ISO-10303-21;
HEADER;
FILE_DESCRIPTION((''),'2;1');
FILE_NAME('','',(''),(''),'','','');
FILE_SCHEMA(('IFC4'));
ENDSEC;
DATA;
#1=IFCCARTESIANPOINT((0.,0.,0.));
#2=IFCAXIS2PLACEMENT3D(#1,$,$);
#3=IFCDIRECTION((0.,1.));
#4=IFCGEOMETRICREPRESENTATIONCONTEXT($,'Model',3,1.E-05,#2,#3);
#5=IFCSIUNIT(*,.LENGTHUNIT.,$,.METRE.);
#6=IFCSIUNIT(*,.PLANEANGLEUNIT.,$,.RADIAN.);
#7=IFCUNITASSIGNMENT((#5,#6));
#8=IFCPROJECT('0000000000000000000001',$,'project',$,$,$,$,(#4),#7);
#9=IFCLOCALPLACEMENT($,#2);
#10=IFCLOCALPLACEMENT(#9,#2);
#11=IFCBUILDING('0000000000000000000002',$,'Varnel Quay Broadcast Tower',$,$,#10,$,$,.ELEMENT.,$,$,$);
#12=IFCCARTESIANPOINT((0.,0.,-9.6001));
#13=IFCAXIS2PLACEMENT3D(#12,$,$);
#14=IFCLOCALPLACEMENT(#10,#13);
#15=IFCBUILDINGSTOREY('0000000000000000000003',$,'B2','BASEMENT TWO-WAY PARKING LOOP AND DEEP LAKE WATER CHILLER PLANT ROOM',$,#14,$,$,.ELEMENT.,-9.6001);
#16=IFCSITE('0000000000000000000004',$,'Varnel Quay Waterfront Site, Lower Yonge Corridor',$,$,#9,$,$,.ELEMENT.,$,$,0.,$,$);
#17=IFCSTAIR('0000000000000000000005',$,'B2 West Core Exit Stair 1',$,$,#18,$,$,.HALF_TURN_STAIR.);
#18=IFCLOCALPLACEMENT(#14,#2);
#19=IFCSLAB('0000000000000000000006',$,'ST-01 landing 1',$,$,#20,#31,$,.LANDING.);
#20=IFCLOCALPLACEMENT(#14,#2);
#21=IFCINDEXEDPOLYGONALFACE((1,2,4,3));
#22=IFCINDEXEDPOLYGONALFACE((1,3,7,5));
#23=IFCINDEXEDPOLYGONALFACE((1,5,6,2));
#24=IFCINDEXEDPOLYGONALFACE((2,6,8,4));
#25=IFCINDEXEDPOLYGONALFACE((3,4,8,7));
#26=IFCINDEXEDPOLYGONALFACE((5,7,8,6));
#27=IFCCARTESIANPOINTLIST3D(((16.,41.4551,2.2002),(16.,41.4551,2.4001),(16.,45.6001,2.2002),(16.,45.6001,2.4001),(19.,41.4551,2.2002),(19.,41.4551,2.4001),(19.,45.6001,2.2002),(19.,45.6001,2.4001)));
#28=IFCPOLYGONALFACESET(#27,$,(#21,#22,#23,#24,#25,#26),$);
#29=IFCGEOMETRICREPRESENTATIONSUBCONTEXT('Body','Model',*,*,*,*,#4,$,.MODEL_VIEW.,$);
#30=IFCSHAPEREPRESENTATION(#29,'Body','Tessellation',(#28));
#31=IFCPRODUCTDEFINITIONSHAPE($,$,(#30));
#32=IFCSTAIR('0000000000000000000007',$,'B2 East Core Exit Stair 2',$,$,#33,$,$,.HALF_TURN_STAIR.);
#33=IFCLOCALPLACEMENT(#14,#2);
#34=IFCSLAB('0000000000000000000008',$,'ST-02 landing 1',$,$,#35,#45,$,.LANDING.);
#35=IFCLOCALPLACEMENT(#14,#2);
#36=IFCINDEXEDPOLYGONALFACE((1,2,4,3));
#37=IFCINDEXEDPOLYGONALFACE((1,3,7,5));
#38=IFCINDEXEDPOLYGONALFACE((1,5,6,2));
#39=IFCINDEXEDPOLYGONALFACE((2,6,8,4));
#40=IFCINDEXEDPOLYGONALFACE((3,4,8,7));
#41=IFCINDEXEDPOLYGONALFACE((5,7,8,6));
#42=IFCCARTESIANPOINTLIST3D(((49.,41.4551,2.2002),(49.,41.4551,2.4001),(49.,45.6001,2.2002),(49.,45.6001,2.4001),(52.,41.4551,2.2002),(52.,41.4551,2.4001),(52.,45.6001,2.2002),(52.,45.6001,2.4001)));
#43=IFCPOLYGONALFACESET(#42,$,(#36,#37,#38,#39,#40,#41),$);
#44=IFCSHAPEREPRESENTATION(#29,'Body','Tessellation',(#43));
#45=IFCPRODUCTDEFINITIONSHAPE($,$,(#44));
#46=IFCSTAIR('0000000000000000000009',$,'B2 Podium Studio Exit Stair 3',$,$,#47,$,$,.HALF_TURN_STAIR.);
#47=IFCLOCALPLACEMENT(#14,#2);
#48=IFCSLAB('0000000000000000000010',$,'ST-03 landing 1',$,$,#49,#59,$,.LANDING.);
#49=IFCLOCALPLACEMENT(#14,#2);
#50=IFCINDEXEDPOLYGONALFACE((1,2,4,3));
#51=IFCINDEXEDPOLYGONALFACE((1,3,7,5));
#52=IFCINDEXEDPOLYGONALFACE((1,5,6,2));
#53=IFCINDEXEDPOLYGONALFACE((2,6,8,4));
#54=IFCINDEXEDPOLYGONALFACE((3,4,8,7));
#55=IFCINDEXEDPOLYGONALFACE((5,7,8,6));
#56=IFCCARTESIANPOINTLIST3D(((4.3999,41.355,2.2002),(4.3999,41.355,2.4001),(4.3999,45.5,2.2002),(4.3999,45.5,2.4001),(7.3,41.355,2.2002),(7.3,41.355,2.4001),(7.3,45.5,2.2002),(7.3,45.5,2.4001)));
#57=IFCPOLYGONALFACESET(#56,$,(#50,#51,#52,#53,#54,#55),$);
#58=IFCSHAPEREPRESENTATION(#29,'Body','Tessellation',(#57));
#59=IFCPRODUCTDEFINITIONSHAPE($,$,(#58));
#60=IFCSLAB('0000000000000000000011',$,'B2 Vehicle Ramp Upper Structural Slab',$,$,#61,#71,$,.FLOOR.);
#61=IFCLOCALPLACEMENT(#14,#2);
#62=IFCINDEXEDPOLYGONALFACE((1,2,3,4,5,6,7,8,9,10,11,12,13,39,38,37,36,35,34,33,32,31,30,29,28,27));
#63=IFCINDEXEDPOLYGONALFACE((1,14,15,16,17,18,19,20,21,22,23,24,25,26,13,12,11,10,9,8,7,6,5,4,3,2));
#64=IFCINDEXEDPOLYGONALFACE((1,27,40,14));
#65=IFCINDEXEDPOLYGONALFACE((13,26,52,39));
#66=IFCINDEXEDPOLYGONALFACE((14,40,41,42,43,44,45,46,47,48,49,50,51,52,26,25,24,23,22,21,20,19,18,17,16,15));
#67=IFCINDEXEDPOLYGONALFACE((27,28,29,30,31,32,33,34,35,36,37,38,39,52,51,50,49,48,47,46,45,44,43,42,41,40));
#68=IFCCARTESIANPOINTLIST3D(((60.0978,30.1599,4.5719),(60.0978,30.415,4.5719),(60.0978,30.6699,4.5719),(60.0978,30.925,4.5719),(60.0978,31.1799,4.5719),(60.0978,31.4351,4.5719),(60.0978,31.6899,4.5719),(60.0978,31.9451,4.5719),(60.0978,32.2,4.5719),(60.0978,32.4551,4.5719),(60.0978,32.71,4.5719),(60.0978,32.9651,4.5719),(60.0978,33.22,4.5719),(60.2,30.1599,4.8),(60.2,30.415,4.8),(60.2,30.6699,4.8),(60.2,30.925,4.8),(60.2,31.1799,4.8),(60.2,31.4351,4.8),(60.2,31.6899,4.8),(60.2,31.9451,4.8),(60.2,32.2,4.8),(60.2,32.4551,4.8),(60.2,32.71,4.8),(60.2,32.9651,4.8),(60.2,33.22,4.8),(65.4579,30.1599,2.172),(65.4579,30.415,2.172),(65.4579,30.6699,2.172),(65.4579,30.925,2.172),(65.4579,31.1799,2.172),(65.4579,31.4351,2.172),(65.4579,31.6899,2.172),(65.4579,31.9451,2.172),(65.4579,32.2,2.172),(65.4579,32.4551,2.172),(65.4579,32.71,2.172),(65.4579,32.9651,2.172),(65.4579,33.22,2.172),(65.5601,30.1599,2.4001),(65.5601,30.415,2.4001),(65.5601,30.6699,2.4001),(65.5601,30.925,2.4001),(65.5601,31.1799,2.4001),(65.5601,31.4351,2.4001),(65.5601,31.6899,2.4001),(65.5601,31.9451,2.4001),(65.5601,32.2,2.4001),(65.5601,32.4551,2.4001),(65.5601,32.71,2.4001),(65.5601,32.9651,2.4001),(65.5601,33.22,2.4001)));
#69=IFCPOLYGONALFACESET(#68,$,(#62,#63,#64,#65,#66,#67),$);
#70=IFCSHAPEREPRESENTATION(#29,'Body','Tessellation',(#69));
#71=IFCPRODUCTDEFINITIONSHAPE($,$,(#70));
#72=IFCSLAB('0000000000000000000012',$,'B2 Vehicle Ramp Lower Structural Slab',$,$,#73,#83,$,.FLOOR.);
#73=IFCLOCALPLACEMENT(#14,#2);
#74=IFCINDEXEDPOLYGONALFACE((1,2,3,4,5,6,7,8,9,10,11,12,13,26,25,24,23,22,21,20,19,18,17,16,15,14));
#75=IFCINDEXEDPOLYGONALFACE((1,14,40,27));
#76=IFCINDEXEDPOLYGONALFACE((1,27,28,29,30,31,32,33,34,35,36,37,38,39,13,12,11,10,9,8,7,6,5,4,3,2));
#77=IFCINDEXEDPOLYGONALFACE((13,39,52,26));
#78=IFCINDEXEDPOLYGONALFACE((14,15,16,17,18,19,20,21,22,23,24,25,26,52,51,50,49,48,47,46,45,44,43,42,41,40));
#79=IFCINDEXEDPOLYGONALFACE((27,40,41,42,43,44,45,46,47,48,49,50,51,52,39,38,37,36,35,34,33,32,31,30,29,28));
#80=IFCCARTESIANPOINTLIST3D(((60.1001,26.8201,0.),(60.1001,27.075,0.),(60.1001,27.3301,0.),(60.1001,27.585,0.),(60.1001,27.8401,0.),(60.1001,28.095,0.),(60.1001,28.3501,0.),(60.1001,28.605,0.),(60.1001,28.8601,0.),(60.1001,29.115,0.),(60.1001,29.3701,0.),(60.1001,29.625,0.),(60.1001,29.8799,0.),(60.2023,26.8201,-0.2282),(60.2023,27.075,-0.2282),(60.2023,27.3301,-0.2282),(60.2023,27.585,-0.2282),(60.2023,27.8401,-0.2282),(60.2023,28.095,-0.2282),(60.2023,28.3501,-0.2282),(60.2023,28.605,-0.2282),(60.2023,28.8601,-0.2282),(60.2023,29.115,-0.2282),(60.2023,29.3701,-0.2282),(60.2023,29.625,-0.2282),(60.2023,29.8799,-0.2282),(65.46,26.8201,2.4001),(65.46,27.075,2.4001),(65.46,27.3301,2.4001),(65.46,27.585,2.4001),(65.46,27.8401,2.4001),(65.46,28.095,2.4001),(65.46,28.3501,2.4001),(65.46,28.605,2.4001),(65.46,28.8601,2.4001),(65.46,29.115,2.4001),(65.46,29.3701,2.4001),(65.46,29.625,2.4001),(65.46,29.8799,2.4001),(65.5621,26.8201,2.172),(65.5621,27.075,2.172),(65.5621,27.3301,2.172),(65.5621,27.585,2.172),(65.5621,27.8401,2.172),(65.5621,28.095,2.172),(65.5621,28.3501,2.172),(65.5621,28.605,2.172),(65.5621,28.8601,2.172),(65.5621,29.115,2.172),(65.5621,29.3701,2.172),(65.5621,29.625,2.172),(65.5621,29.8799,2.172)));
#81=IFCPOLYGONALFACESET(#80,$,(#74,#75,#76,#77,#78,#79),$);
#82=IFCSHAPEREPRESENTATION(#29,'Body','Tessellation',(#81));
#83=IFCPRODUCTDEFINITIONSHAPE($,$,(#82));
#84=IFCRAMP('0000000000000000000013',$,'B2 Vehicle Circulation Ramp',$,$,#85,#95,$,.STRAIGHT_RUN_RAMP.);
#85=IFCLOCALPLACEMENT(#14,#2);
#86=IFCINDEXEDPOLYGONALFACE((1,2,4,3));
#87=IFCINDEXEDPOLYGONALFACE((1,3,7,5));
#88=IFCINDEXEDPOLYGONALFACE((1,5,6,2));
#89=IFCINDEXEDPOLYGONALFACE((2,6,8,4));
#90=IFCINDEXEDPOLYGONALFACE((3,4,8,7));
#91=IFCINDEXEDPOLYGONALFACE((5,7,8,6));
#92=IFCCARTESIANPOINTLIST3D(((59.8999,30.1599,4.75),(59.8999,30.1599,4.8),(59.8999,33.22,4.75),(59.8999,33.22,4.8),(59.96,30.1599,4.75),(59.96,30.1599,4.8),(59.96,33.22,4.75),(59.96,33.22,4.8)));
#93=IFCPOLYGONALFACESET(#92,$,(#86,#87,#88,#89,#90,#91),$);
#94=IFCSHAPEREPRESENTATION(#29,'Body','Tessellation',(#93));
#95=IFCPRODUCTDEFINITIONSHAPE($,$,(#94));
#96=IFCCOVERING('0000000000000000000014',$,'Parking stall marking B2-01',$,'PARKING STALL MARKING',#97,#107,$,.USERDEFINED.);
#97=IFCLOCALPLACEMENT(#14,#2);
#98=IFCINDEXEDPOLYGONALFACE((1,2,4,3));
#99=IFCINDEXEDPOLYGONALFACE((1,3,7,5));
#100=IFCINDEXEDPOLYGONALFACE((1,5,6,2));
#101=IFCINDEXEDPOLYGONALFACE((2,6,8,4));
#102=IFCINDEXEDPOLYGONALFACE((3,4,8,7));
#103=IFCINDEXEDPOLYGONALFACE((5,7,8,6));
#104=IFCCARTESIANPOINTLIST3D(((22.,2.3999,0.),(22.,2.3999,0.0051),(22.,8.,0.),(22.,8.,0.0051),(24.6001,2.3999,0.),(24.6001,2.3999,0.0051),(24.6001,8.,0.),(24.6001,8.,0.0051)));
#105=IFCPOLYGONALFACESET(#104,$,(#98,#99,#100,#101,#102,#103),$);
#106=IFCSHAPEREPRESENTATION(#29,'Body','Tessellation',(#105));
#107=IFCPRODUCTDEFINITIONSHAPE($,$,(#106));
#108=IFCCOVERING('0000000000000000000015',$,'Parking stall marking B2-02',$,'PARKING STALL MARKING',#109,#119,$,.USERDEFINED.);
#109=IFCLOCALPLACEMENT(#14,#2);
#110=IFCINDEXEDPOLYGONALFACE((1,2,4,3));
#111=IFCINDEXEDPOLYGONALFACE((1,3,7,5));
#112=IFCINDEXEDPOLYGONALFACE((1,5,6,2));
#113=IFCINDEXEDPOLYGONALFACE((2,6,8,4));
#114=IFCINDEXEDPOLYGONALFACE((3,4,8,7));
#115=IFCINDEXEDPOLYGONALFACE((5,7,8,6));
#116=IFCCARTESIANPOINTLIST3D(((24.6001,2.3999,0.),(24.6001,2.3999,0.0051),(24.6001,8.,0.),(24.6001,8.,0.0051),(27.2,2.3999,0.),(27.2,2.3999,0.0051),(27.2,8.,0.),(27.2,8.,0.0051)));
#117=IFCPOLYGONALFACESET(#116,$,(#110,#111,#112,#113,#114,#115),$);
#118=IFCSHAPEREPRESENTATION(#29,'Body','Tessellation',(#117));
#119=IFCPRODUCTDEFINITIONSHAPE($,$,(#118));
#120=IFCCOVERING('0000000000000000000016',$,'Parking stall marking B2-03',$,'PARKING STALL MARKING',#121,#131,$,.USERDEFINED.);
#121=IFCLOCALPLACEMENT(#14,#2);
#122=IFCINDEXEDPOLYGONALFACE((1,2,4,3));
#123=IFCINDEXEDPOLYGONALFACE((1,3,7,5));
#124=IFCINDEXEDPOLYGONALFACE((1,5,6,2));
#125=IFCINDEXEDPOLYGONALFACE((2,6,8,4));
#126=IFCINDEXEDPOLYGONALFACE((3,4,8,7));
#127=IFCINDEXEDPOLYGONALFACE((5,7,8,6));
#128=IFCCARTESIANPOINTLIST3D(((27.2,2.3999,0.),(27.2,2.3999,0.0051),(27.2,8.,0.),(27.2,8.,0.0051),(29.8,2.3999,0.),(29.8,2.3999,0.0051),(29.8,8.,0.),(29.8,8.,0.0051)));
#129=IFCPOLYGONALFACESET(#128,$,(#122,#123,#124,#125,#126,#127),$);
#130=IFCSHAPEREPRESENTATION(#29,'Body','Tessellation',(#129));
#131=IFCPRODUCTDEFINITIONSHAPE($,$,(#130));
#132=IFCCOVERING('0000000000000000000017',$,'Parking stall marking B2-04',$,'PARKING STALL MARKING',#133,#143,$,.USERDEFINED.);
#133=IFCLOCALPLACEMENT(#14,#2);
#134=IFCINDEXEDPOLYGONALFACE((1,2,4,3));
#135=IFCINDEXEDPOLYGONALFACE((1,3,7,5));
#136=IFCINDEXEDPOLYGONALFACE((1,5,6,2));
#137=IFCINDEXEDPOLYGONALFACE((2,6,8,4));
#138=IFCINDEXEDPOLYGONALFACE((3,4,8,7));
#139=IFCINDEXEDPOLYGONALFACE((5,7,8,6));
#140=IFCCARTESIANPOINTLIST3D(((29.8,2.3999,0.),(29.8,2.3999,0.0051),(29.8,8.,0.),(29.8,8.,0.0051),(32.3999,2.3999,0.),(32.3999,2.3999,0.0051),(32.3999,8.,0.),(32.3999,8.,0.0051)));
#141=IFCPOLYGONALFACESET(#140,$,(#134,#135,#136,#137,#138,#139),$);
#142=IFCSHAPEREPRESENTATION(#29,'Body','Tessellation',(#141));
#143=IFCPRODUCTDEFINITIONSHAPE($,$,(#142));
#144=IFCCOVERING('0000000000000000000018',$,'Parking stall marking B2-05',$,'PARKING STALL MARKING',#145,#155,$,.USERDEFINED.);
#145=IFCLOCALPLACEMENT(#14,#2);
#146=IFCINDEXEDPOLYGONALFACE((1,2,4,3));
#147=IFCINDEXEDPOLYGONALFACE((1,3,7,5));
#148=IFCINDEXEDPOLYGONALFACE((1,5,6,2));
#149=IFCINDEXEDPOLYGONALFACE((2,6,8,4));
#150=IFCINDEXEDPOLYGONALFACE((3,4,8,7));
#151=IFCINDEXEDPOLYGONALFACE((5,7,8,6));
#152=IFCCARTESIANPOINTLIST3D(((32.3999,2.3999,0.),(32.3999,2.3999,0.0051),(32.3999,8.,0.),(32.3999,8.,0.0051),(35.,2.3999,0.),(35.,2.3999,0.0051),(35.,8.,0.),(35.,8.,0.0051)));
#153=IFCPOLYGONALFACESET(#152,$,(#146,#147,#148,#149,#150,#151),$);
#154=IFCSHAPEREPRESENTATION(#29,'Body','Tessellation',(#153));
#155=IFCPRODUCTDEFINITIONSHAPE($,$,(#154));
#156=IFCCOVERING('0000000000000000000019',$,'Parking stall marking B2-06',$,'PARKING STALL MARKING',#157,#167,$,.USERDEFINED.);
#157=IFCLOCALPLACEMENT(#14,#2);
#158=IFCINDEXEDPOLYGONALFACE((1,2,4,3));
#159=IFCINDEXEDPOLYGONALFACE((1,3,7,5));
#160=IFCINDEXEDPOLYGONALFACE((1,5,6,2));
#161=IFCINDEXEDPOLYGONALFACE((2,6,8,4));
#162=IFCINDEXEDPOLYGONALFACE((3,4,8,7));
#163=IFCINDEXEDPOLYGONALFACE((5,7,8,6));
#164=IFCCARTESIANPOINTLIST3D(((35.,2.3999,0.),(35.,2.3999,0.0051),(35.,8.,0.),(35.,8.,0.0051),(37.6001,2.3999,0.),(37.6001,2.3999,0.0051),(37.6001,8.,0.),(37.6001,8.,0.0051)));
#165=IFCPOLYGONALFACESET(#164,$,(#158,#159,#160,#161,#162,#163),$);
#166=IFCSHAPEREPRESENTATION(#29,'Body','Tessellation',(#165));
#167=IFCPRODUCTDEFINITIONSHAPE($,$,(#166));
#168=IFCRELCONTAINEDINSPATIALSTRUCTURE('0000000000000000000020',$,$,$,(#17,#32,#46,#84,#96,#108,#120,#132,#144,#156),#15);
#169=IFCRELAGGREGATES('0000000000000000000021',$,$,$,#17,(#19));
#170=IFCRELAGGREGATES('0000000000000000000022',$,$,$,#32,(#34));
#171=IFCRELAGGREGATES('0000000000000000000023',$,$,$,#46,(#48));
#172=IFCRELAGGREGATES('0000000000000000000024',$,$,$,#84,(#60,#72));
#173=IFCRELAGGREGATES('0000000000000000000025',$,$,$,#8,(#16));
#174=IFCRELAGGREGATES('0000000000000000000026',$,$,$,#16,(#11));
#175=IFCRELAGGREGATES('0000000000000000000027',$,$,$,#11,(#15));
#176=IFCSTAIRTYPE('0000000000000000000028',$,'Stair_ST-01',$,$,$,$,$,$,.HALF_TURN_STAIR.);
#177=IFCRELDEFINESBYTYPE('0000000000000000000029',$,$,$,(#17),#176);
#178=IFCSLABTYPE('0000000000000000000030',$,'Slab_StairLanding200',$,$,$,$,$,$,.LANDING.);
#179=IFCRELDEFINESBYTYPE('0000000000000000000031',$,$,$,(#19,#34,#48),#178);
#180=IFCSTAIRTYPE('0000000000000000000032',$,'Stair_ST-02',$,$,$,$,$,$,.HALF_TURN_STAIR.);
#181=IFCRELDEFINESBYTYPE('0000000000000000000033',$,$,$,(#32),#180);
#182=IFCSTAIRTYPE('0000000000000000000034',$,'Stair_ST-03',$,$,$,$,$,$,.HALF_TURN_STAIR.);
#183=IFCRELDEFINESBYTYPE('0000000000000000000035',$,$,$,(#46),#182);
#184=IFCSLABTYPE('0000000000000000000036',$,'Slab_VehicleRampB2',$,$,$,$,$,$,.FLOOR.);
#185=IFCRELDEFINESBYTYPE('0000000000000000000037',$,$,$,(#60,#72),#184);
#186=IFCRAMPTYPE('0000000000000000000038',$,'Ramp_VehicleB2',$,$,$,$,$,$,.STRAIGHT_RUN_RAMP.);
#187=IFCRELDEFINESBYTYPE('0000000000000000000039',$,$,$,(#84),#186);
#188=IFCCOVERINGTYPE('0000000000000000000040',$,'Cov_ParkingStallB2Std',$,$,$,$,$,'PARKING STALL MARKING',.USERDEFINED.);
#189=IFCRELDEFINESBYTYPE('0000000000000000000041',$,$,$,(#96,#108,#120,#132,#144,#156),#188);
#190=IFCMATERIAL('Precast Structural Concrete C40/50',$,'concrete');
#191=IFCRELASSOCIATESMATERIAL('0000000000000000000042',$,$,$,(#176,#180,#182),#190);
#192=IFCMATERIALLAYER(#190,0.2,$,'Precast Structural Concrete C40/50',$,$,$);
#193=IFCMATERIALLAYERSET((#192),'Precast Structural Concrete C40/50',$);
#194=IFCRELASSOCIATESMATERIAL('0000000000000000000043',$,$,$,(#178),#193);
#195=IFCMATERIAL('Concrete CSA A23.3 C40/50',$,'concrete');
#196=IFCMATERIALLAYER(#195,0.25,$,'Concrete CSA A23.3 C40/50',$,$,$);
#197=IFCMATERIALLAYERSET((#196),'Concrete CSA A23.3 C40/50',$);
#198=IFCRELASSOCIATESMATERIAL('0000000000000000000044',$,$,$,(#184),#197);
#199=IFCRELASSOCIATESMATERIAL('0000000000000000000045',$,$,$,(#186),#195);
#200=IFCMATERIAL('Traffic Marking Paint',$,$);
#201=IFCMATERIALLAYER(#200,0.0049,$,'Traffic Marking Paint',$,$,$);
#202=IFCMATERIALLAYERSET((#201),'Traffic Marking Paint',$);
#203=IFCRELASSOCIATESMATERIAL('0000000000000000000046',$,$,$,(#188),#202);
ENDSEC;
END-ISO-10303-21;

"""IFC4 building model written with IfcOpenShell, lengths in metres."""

from ifc_helpers import new_model, si_unit, direction, frame, origin, place, context, subcontext, project, spatial, polyline, outline, extrude, material, layer, layer_set, type_object, element, aggregate, save


model = new_model("IFC4")

# Units and contexts
model_context = context("Model", 3, precision=1e-05, world=origin(), true_north=direction((0.0, 1.0)))
body_context = subcontext(model_context, "Body", "Model", "MODEL_VIEW")
ifc_project = project(units=[si_unit("LENGTHUNIT", "METRE"), si_unit("PLANEANGLEUNIT", "RADIAN")], contexts=[model_context])

# Site, building, storey
site_placement = place(None, origin())
site = spatial("IfcSite", under=ifc_project, at=site_placement, Name="Varnel Quay Waterfront Site, Lower Yonge Corridor", CompositionType="ELEMENT", RefElevation=0.0)
building_placement = place(site_placement, origin())
building = spatial("IfcBuilding", under=site, at=building_placement, Name="Varnel Quay Broadcast Tower", CompositionType="ELEMENT")
storey_placement = place(building_placement, frame((0.0, 0.0, -9.6001)))
storey = spatial("IfcBuildingStorey", under=building, at=storey_placement, Name="B2", Description="BASEMENT TWO-WAY PARKING LOOP AND DEEP LAKE WATER CHILLER PLANT ROOM", CompositionType="ELEMENT", Elevation=-9.6001)

# Stairs, slabs
ifc_material_1 = material(Name="Precast Structural Concrete C40/50", Category="concrete")
stair_type_1 = type_object("IfcStairType", Name="Stair_ST-01", PredefinedType="HALF_TURN_STAIR", material=ifc_material_1)
stair_1_placement = place(storey_placement, origin())
stair_1 = element("IfcStair", 1, at=stair_1_placement, inside=storey, type_object=stair_type_1, Name="B2 West Core Exit Stair 1", PredefinedType="HALF_TURN_STAIR")
ifc_layer_1 = layer(ifc_material_1, 0.2, Name="Precast Structural Concrete C40/50")
ifc_layer_set_1 = layer_set([ifc_layer_1], Name="Precast Structural Concrete C40/50")
slab_type_1 = type_object("IfcSlabType", Name="Slab_StairLanding200", PredefinedType="LANDING", material=ifc_layer_set_1)
slab_1_placement = place(storey_placement, frame((0.0, 0.0, 2.2002)))
slab_1 = element("IfcSlab", 2, at=slab_1_placement, type_object=slab_type_1, Name="ST-01 landing 1", PredefinedType="LANDING", context=body_context, shape_type="SweptSolid", body=[
    extrude(outline(polyline([(19.0, 41.4551), (19.0, 45.6001), (16.0, 45.6001), (16.0, 41.4551), (19.0, 41.4551)])), origin(), (0.0, 0.0, 1.0), 0.2),
])
aggregate(stair_1, [slab_1])
stair_type_2 = type_object("IfcStairType", Name="Stair_ST-02", PredefinedType="HALF_TURN_STAIR", material=ifc_material_1)
stair_2_placement = place(storey_placement, origin())
stair_2 = element("IfcStair", 3, at=stair_2_placement, inside=storey, type_object=stair_type_2, Name="B2 East Core Exit Stair 2", PredefinedType="HALF_TURN_STAIR")
slab_2_placement = place(storey_placement, frame((0.0, 0.0, 2.2002)))
slab_2 = element("IfcSlab", 4, at=slab_2_placement, type_object=slab_type_1, Name="ST-02 landing 1", PredefinedType="LANDING", context=body_context, shape_type="SweptSolid", body=[
    extrude(outline(polyline([(52.0, 41.4551), (52.0, 45.6001), (49.0, 45.6001), (49.0, 41.4551), (52.0, 41.4551)])), origin(), (0.0, 0.0, 1.0), 0.2),
])
aggregate(stair_2, [slab_2])
stair_type_3 = type_object("IfcStairType", Name="Stair_ST-03", PredefinedType="HALF_TURN_STAIR", material=ifc_material_1)
stair_3_placement = place(storey_placement, origin())
stair_3 = element("IfcStair", 5, at=stair_3_placement, inside=storey, type_object=stair_type_3, Name="B2 Podium Studio Exit Stair 3", PredefinedType="HALF_TURN_STAIR")
slab_3_placement = place(storey_placement, frame((0.0, 0.0, 2.2002)))
slab_3 = element("IfcSlab", 6, at=slab_3_placement, type_object=slab_type_1, Name="ST-03 landing 1", PredefinedType="LANDING", context=body_context, shape_type="SweptSolid", body=[
    extrude(outline(polyline([(7.3, 41.355), (7.3, 45.5), (4.3999, 45.5), (4.3999, 41.355), (7.3, 41.355)])), origin(), (0.0, 0.0, 1.0), 0.2),
])
aggregate(stair_3, [slab_3])

# Slabs
ifc_material_2 = material(Name="Concrete CSA A23.3 C40/50", Category="concrete")
ifc_layer_2 = layer(ifc_material_2, 0.25, Name="Concrete CSA A23.3 C40/50")
ifc_layer_set_2 = layer_set([ifc_layer_2], Name="Concrete CSA A23.3 C40/50")
slab_type_2 = type_object("IfcSlabType", Name="Slab_VehicleRampB2", PredefinedType="FLOOR", material=ifc_layer_set_2)
slab_4_placement = place(storey_placement, frame((60.2, 30.1599, 4.8), z_axis=(0.408644, 0.0, 0.912694), x_axis=(0.0, 1.0, 0.0)))
slab_4 = element("IfcSlab", 7, at=slab_4_placement, type_object=slab_type_2, Name="B2 Vehicle Ramp Upper Structural Slab", PredefinedType="FLOOR", context=body_context, shape_type="SweptSolid", body=[
    extrude(outline(polyline([(0.0, 0.0), (0.2551, 0.0), (0.51, 0.0), (0.7651, 0.0), (1.02, 0.0), (1.2751, 0.0), (1.53, 0.0), (1.7852, 0.0), (2.04, 0.0), (2.2952, 0.0), (2.55, 0.0), (2.8052, 0.0), (3.0601, 0.0), (3.0601, -5.8728), (2.8052, -5.8728), (2.55, -5.8728), (2.2952, -5.8728), (2.04, -5.8728), (1.7852, -5.8728), (1.53, -5.8728), (1.2751, -5.8728), (1.02, -5.8728), (0.7651, -5.8728), (0.51, -5.8728), (0.2551, -5.8728), (0.0, -5.8728), (0.0, 0.0)])), origin(), (0.0, 0.0, -1.0), 0.25),
])
slab_5_placement = place(storey_placement, frame((65.46, 26.8201, 2.4001), z_axis=(-0.408694, 0.0, 0.912671), x_axis=(0.0, 1.0, 0.0)))
slab_5 = element("IfcSlab", 8, at=slab_5_placement, type_object=slab_type_2, Name="B2 Vehicle Ramp Lower Structural Slab", PredefinedType="FLOOR", context=body_context, shape_type="SweptSolid", body=[
    extrude(outline(polyline([(0.0, 0.0), (0.2549, 0.0), (0.51, 0.0), (0.7649, 0.0), (1.02, 0.0), (1.2749, 0.0), (1.53, 0.0), (1.7849, 0.0), (2.04, 0.0), (2.2949, 0.0), (2.55, 0.0), (2.8049, 0.0), (3.0598, 0.0), (3.0598, 5.8727), (2.8049, 5.8727), (2.55, 5.8727), (2.2949, 5.8727), (2.04, 5.8727), (1.7849, 5.8727), (1.53, 5.8727), (1.2749, 5.8727), (1.02, 5.8727), (0.7649, 5.8727), (0.51, 5.8727), (0.2549, 5.8727), (0.0, 5.8727), (0.0, 0.0)])), origin(), (0.0, 0.0, -1.0), 0.25),
])

# Ramp
ramp_type = type_object("IfcRampType", Name="Ramp_VehicleB2", PredefinedType="STRAIGHT_RUN_RAMP", material=ifc_material_2)
ramp_placement = place(storey_placement, frame((0.0, 0.0, 4.75)))
ramp = element("IfcRamp", 9, at=ramp_placement, inside=storey, type_object=ramp_type, Name="B2 Vehicle Circulation Ramp", PredefinedType="STRAIGHT_RUN_RAMP", context=body_context, shape_type="SweptSolid", body=[
    extrude(outline(polyline([(59.8999, 30.1599), (59.96, 30.1599), (59.96, 33.22), (59.8999, 33.22), (59.8999, 30.1599)])), origin(), (0.0, 0.0, 1.0), 0.05),
])
aggregate(ramp, [slab_4, slab_5])

# Coverings
ifc_material_3 = material(Name="Traffic Marking Paint")
ifc_layer_3 = layer(ifc_material_3, 0.0049, Name="Traffic Marking Paint")
ifc_layer_set_3 = layer_set([ifc_layer_3], Name="Traffic Marking Paint")
covering_type = type_object("IfcCoveringType", Name="Cov_ParkingStallB2Std", ElementType="PARKING STALL MARKING", PredefinedType="USERDEFINED", material=ifc_layer_set_3)
covering_1_placement = place(storey_placement, origin())
element("IfcCovering", 10, at=covering_1_placement, inside=storey, type_object=covering_type, Name="Parking stall marking B2-01", ObjectType="PARKING STALL MARKING", PredefinedType="USERDEFINED", context=body_context, shape_type="SweptSolid", body=[
    extrude(outline(polyline([(22.0, 2.3999), (24.6001, 2.3999), (24.6001, 8.0), (22.0, 8.0), (22.0, 2.3999)])), origin(), (0.0, 0.0, 1.0), 0.0051),
])
covering_2_placement = place(storey_placement, origin())
element("IfcCovering", 11, at=covering_2_placement, inside=storey, type_object=covering_type, Name="Parking stall marking B2-02", ObjectType="PARKING STALL MARKING", PredefinedType="USERDEFINED", context=body_context, shape_type="SweptSolid", body=[
    extrude(outline(polyline([(24.6001, 2.3999), (27.2, 2.3999), (27.2, 8.0), (24.6001, 8.0), (24.6001, 2.3999)])), origin(), (0.0, 0.0, 1.0), 0.0051),
])
covering_3_placement = place(storey_placement, origin())
element("IfcCovering", 12, at=covering_3_placement, inside=storey, type_object=covering_type, Name="Parking stall marking B2-03", ObjectType="PARKING STALL MARKING", PredefinedType="USERDEFINED", context=body_context, shape_type="SweptSolid", body=[
    extrude(outline(polyline([(27.2, 2.3999), (29.8, 2.3999), (29.8, 8.0), (27.2, 8.0), (27.2, 2.3999)])), origin(), (0.0, 0.0, 1.0), 0.0051),
])
covering_4_placement = place(storey_placement, origin())
element("IfcCovering", 13, at=covering_4_placement, inside=storey, type_object=covering_type, Name="Parking stall marking B2-04", ObjectType="PARKING STALL MARKING", PredefinedType="USERDEFINED", context=body_context, shape_type="SweptSolid", body=[
    extrude(outline(polyline([(29.8, 2.3999), (32.3999, 2.3999), (32.3999, 8.0), (29.8, 8.0), (29.8, 2.3999)])), origin(), (0.0, 0.0, 1.0), 0.0051),
])
covering_5_placement = place(storey_placement, origin())
element("IfcCovering", 14, at=covering_5_placement, inside=storey, type_object=covering_type, Name="Parking stall marking B2-05", ObjectType="PARKING STALL MARKING", PredefinedType="USERDEFINED", context=body_context, shape_type="SweptSolid", body=[
    extrude(outline(polyline([(32.3999, 2.3999), (35.0, 2.3999), (35.0, 8.0), (32.3999, 8.0), (32.3999, 2.3999)])), origin(), (0.0, 0.0, 1.0), 0.0051),
])
covering_6_placement = place(storey_placement, origin())
element("IfcCovering", 15, at=covering_6_placement, inside=storey, type_object=covering_type, Name="Parking stall marking B2-06", ObjectType="PARKING STALL MARKING", PredefinedType="USERDEFINED", context=body_context, shape_type="SweptSolid", body=[
    extrude(outline(polyline([(35.0, 2.3999), (37.6001, 2.3999), (37.6001, 8.0), (35.0, 8.0), (35.0, 2.3999)])), origin(), (0.0, 0.0, 1.0), 0.0051),
])

save(model, "model.ifc")
